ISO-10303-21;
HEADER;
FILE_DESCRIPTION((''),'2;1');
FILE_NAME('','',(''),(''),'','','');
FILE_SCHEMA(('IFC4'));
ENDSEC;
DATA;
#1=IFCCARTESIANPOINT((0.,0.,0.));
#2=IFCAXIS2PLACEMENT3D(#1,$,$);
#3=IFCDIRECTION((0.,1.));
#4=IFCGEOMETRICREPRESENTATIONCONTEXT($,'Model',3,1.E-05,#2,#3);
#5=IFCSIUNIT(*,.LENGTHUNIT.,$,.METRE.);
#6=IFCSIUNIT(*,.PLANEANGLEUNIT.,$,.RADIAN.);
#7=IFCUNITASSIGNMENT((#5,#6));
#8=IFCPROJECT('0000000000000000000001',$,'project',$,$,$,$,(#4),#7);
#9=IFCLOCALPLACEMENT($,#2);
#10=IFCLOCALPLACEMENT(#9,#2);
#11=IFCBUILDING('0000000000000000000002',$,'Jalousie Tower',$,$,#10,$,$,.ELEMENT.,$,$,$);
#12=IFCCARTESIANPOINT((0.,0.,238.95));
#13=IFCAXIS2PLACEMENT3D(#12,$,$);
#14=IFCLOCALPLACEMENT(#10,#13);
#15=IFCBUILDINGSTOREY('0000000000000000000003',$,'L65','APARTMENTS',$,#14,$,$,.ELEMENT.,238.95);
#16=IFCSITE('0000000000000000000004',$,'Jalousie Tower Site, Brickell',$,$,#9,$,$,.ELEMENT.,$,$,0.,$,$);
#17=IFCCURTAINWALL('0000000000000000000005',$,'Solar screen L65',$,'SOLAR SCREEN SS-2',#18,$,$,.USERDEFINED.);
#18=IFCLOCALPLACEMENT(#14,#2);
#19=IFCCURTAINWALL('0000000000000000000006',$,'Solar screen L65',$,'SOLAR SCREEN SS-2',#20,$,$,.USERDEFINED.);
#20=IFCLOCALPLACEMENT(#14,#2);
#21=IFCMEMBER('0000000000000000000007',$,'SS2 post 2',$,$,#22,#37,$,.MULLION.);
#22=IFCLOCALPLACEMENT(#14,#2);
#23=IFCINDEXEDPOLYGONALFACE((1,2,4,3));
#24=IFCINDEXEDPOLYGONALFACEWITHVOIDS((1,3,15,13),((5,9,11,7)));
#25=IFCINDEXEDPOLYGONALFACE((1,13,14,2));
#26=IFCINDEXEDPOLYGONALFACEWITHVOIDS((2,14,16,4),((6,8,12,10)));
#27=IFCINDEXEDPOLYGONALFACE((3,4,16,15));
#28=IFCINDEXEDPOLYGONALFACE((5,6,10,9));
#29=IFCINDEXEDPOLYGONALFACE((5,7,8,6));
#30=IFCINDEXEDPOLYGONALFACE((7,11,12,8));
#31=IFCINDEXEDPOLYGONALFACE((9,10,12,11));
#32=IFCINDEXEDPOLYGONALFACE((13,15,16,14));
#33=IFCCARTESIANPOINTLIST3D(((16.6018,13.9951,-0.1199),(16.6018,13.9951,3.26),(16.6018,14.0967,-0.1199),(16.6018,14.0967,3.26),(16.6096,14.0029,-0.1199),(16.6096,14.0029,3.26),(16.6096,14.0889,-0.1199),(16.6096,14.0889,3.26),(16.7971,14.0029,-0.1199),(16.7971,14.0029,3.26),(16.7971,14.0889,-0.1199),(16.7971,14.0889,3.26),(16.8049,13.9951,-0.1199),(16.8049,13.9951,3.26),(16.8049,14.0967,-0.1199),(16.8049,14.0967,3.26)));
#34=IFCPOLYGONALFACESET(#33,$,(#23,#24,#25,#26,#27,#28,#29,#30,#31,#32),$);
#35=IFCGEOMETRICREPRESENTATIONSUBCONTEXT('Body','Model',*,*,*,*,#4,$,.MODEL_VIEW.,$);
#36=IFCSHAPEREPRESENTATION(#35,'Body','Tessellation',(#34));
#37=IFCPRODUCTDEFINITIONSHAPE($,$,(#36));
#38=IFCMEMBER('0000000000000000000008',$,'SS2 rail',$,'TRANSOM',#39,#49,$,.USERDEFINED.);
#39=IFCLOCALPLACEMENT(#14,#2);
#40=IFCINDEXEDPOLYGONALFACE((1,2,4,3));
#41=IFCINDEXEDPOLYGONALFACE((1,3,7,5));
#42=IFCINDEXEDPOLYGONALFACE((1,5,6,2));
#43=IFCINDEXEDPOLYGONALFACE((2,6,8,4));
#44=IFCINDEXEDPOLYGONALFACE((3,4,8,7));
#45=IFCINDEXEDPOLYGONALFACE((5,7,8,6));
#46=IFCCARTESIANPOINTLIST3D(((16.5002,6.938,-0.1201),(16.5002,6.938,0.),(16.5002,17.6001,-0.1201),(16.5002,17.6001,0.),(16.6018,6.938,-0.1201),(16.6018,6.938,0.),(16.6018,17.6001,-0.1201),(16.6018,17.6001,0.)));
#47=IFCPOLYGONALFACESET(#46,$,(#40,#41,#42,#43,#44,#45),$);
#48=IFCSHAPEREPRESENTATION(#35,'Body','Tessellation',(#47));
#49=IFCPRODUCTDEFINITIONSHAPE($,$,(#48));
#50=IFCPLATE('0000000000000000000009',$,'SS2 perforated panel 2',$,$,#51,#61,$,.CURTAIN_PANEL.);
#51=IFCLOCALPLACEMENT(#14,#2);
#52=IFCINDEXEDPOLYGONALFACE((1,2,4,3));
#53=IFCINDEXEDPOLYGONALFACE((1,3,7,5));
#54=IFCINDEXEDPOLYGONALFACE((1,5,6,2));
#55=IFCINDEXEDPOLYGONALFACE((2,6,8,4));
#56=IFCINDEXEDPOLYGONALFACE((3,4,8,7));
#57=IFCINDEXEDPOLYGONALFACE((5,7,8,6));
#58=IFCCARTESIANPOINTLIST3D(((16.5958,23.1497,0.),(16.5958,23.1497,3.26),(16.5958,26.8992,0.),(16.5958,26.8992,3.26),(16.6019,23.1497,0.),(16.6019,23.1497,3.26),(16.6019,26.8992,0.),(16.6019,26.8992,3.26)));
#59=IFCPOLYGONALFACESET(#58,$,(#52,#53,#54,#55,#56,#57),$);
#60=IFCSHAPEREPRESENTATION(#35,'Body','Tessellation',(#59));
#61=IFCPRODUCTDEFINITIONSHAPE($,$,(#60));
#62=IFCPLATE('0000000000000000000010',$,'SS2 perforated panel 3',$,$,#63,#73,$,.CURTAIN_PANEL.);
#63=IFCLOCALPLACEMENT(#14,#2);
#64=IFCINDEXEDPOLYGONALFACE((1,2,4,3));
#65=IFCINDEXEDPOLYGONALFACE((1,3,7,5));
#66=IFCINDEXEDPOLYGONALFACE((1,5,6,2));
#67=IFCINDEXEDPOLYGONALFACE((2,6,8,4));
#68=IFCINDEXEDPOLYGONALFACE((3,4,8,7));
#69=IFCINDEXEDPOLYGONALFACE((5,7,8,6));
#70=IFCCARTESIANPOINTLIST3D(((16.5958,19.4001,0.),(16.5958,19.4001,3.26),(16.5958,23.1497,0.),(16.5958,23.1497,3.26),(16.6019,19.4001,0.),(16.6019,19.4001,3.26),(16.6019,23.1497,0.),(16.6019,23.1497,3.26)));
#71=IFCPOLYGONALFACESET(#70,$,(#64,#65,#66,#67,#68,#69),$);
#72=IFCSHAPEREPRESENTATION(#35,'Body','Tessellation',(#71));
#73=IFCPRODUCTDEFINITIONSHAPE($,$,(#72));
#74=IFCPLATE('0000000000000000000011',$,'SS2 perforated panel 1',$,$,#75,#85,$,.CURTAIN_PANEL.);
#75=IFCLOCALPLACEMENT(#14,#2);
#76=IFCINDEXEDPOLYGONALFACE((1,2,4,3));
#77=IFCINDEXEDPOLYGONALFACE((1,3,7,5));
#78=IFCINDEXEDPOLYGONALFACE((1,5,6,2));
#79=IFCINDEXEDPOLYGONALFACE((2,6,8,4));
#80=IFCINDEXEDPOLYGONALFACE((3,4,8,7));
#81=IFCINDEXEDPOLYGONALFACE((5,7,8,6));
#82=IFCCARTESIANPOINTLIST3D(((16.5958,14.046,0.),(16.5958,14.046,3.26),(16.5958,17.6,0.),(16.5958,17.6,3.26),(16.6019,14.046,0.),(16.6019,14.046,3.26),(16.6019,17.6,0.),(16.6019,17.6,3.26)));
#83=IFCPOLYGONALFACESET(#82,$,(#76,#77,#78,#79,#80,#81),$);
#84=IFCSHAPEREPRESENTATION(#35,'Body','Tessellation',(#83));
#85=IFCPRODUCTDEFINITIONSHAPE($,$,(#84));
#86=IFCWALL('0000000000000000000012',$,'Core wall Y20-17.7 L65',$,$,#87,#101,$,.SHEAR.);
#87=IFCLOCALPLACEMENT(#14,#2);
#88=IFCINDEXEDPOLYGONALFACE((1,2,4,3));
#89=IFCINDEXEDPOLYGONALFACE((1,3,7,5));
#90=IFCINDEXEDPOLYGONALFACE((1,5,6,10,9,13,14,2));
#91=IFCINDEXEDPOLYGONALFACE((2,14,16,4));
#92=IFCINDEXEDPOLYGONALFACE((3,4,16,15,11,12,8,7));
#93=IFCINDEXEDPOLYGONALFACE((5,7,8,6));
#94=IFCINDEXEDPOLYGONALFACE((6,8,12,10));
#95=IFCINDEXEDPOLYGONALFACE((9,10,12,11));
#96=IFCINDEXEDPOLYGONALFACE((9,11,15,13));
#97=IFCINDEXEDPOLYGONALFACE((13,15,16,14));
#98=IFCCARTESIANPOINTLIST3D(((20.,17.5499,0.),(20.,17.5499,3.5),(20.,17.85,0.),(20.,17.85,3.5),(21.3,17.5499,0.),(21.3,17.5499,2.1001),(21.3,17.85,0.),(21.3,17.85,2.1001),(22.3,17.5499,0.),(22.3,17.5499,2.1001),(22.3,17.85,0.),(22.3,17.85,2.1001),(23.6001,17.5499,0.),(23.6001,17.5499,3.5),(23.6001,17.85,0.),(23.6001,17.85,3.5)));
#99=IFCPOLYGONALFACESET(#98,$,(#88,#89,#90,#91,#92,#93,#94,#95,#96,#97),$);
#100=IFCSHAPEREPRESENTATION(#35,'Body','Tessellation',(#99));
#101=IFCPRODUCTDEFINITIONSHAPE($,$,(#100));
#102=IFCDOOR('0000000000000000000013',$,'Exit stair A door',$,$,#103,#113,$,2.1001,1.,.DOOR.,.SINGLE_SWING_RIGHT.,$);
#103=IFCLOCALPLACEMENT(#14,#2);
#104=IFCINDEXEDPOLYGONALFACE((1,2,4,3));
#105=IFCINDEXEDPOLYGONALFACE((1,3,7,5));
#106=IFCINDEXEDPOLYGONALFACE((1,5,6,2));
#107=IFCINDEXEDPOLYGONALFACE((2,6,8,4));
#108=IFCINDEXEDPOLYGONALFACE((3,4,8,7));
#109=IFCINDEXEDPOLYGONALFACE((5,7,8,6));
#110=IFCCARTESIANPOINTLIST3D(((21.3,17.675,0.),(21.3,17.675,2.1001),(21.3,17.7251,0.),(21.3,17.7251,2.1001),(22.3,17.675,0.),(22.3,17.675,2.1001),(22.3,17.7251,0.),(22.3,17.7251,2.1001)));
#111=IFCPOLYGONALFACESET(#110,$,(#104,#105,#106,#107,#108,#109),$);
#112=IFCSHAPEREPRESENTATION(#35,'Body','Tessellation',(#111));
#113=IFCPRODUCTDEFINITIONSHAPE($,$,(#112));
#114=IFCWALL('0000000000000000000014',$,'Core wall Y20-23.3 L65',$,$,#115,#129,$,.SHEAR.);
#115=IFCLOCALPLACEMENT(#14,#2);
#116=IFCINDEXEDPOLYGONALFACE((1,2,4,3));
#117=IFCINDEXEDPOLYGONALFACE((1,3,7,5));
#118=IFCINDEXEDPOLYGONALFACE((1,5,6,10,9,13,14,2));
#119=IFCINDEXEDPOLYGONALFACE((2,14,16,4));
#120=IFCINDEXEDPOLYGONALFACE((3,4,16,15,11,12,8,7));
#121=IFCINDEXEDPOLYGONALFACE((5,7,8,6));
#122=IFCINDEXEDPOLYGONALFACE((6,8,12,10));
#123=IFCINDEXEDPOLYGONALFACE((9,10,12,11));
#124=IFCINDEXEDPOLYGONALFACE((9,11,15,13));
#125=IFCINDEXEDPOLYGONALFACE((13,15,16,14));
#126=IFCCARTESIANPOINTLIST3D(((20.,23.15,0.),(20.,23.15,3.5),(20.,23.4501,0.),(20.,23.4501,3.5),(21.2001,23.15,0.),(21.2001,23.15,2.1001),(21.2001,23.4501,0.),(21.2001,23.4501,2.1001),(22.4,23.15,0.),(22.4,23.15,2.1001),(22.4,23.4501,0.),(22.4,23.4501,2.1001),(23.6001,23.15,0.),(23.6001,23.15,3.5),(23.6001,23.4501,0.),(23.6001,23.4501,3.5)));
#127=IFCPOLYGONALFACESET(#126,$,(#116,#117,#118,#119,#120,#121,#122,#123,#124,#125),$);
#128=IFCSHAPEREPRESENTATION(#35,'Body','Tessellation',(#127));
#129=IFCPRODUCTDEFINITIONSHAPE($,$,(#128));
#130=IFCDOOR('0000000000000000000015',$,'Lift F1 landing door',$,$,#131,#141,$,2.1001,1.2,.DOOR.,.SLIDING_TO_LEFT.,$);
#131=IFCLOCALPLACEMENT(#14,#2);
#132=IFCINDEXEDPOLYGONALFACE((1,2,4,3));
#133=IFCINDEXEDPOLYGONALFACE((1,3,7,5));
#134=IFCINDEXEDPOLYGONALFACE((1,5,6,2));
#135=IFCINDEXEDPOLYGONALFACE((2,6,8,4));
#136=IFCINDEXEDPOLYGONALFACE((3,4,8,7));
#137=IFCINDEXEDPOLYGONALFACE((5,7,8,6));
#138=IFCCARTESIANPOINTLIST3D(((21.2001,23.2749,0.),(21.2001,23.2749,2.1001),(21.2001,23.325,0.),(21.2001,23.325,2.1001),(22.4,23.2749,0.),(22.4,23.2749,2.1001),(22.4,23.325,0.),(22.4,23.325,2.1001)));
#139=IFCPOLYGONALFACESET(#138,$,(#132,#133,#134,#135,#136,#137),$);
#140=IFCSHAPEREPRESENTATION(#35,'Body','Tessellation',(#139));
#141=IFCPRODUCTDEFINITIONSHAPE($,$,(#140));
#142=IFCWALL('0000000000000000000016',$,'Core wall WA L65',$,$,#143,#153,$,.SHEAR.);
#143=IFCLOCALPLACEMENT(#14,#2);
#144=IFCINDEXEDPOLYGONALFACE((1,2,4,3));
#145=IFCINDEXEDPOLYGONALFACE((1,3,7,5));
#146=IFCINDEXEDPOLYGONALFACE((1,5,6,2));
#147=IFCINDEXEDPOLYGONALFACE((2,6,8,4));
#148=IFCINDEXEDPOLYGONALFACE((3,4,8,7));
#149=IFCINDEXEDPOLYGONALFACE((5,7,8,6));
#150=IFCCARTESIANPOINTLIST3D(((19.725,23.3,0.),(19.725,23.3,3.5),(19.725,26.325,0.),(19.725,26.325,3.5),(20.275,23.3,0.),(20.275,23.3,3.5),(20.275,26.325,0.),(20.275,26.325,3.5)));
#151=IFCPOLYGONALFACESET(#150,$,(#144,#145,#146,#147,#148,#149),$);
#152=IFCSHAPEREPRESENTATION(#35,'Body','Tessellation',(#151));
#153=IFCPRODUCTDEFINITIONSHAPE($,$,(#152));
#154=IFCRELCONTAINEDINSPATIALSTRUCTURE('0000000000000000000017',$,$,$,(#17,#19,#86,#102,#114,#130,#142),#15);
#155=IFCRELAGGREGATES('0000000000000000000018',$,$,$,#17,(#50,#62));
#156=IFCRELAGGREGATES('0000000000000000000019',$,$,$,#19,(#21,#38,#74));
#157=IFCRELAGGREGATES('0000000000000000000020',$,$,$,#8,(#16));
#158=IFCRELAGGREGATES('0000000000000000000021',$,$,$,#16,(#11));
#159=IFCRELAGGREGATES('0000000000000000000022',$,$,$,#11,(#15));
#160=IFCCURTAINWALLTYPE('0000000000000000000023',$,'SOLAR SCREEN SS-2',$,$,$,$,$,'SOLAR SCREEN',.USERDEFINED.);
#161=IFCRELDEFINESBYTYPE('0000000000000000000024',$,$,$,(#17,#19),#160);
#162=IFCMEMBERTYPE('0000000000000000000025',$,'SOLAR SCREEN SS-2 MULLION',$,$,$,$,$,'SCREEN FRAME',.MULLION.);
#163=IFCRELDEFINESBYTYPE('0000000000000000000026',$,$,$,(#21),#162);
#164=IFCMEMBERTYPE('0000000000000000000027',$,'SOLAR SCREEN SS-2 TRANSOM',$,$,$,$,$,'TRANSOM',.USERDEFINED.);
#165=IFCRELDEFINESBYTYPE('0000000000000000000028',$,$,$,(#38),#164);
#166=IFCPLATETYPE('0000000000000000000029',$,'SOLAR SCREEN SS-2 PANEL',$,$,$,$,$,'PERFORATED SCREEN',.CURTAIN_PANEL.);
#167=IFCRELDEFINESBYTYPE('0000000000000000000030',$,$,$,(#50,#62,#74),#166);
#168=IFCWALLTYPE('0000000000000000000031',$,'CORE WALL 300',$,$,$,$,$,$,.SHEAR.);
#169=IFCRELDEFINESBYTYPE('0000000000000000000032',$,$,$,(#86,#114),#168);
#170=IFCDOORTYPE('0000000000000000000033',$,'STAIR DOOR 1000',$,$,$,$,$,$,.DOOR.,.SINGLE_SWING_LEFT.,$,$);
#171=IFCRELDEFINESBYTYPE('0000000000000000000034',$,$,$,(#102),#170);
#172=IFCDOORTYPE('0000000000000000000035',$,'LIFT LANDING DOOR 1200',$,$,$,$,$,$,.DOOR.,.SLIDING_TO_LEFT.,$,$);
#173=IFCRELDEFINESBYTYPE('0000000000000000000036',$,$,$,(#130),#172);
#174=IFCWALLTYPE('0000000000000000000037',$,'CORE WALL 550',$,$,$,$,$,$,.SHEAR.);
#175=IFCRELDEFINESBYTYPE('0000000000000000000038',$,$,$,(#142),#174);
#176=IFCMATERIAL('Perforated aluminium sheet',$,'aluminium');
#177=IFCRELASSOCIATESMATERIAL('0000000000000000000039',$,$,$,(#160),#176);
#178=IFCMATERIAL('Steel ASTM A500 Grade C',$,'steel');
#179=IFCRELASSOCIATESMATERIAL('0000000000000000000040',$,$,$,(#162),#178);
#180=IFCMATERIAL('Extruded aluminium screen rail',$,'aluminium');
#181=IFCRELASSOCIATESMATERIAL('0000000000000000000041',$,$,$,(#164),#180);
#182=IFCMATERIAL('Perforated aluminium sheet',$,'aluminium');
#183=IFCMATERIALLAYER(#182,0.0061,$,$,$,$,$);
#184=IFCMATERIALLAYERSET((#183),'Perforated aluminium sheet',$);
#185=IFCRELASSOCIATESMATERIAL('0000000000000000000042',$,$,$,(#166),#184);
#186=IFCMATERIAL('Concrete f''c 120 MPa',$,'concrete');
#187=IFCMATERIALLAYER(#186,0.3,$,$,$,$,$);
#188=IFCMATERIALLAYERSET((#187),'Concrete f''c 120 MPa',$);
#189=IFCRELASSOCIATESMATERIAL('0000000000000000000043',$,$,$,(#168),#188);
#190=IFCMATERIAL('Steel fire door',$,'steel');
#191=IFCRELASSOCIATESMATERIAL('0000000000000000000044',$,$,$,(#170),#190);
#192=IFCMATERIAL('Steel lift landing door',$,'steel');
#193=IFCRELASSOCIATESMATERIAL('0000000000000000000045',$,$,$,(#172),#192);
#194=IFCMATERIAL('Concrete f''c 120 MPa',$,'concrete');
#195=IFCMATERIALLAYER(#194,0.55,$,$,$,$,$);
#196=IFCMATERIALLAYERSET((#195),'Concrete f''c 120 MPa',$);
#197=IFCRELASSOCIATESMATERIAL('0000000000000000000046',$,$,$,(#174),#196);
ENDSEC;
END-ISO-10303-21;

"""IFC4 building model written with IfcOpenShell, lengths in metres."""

from ifc_helpers import new_model, si_unit, direction, frame, frame_2d, origin, origin_2d, place, context, subcontext, project, spatial, rectangle, hollow_rectangle, extrude, material, layer, layer_set, material_profile, profile_set, type_object, element, fill, aggregate, save


model = new_model("IFC4")

# Units and contexts
model_context = context("Model", 3, precision=1e-05, world=origin(), true_north=direction((0.0, 1.0)))
body_context = subcontext(model_context, "Body", "Model", "MODEL_VIEW")
ifc_project = project(units=[si_unit("LENGTHUNIT", "METRE"), si_unit("PLANEANGLEUNIT", "RADIAN")], contexts=[model_context])

# Site, building, storey
site_placement = place(None, origin())
site = spatial("IfcSite", under=ifc_project, at=site_placement, Name="Jalousie Tower Site, Brickell", CompositionType="ELEMENT", RefElevation=0.0)
building_placement = place(site_placement, origin())
building = spatial("IfcBuilding", under=site, at=building_placement, Name="Jalousie Tower", CompositionType="ELEMENT")
storey_placement = place(building_placement, frame((0.0, 0.0, 238.95)))
storey = spatial("IfcBuildingStorey", under=building, at=storey_placement, Name="L65", Description="APARTMENTS", CompositionType="ELEMENT", Elevation=238.95)

# Curtain walls, members
ifc_material_1 = material(Name="Perforated aluminium sheet", Category="aluminium")
curtain_wall_type = type_object("IfcCurtainWallType", Name="SOLAR SCREEN SS-2", ElementType="SOLAR SCREEN", PredefinedType="USERDEFINED", material=ifc_material_1)
curtain_wall_1_placement = place(storey_placement, origin())
curtain_wall_1 = element("IfcCurtainWall", 1, at=curtain_wall_1_placement, inside=storey, type_object=curtain_wall_type, Name="Solar screen L65", ObjectType="SOLAR SCREEN SS-2", PredefinedType="USERDEFINED")
ifc_material_2 = material(Name="Steel ASTM A500 Grade C", Category="steel")
ifc_material_profile_1 = material_profile(ifc_material_2, hollow_rectangle(XDim=0.1016, YDim=0.2031, WallThickness=0.0078, at=origin_2d()), Name="HSS8X4X5/16")
ifc_profile_set_1 = profile_set([ifc_material_profile_1], Name="Steel ASTM A500 Grade C")
member_type_1 = type_object("IfcMemberType", Name="SOLAR SCREEN SS-2 MULLION", ElementType="SCREEN FRAME", PredefinedType="MULLION", material=ifc_profile_set_1)
curtain_wall_2_placement = place(storey_placement, origin())
curtain_wall_2 = element("IfcCurtainWall", 2, at=curtain_wall_2_placement, inside=storey, type_object=curtain_wall_type, Name="Solar screen L65", ObjectType="SOLAR SCREEN SS-2", PredefinedType="USERDEFINED")
member_1_placement = place(storey_placement, frame((16.7034, 14.0459, -0.1199), z_axis=(0.0, 0.0, 1.0), x_axis=(0.0, -1.0, 0.0)))
member_1 = element("IfcMember", 3, at=member_1_placement, type_object=member_type_1, Name="SS2 post 2", PredefinedType="MULLION", context=body_context, shape_type="SweptSolid", body=[
    extrude(hollow_rectangle(XDim=0.1016, YDim=0.2031, WallThickness=0.0078, at=origin_2d()), origin(), (0.0, 0.0, 1.0), 3.3799),
])
ifc_material_3 = material(Name="Extruded aluminium screen rail", Category="aluminium")
ifc_material_profile_2 = material_profile(ifc_material_3, rectangle(XDim=0.1016, YDim=0.1201, at=origin_2d()), Name="RAIL 102x120")
ifc_profile_set_2 = profile_set([ifc_material_profile_2], Name="Extruded aluminium screen rail")
member_type_2 = type_object("IfcMemberType", Name="SOLAR SCREEN SS-2 TRANSOM", ElementType="TRANSOM", PredefinedType="USERDEFINED", material=ifc_profile_set_2)
member_2_placement = place(storey_placement, frame((16.551, 17.6001, -0.0601), z_axis=(0.0, -1.0, 0.0), x_axis=(1.0, 0.0, 0.0)))
member_2 = element("IfcMember", 4, at=member_2_placement, type_object=member_type_2, Name="SS2 rail", ObjectType="TRANSOM", PredefinedType="USERDEFINED", context=body_context, shape_type="SweptSolid", body=[
    extrude(rectangle(XDim=0.1016, YDim=0.1201, at=origin_2d()), origin(), (0.0, 0.0, 1.0), 10.6621),
])

# Plates
ifc_material_4 = material(Name="Perforated aluminium sheet", Category="aluminium")
ifc_layer_1 = layer(ifc_material_4, 0.0061)
ifc_layer_set_1 = layer_set([ifc_layer_1], Name="Perforated aluminium sheet")
plate_type = type_object("IfcPlateType", Name="SOLAR SCREEN SS-2 PANEL", ElementType="PERFORATED SCREEN", PredefinedType="CURTAIN_PANEL", material=ifc_layer_set_1)
plate_1_placement = place(storey_placement, frame((16.5989, 25.0244, 0.0), z_axis=(0.0, 0.0, 1.0), x_axis=(0.0, -1.0, 0.0)))
plate_1 = element("IfcPlate", 5, at=plate_1_placement, type_object=plate_type, Name="SS2 perforated panel 2", PredefinedType="CURTAIN_PANEL", context=body_context, shape_type="SweptSolid", body=[
    extrude(rectangle(XDim=3.7495, YDim=0.0061, at=origin_2d()), origin(), (0.0, 0.0, 1.0), 3.26),
])
plate_2_placement = place(storey_placement, frame((16.5989, 21.2749, 0.0), z_axis=(0.0, 0.0, 1.0), x_axis=(0.0, -1.0, 0.0)))
plate_2 = element("IfcPlate", 6, at=plate_2_placement, type_object=plate_type, Name="SS2 perforated panel 3", PredefinedType="CURTAIN_PANEL", context=body_context, shape_type="SweptSolid", body=[
    extrude(rectangle(XDim=3.7495, YDim=0.0061, at=origin_2d()), origin(), (0.0, 0.0, 1.0), 3.26),
])
aggregate(curtain_wall_1, [plate_1, plate_2])
plate_3_placement = place(storey_placement, frame((16.5989, 15.823, 0.0), z_axis=(0.0, 0.0, 1.0), x_axis=(0.0, -1.0, 0.0)))
plate_3 = element("IfcPlate", 7, at=plate_3_placement, type_object=plate_type, Name="SS2 perforated panel 1", PredefinedType="CURTAIN_PANEL", context=body_context, shape_type="SweptSolid", body=[
    extrude(rectangle(XDim=3.554, YDim=0.0061, at=origin_2d()), origin(), (0.0, 0.0, 1.0), 3.26),
])
aggregate(curtain_wall_2, [member_1, member_2, plate_3])

# Walls, openings, doors
ifc_material_5 = material(Name="Concrete f'c 120 MPa", Category="concrete")
ifc_layer_2 = layer(ifc_material_5, 0.3)
ifc_layer_set_2 = layer_set([ifc_layer_2], Name="Concrete f'c 120 MPa")
wall_type_1 = type_object("IfcWallType", Name="CORE WALL 300", PredefinedType="SHEAR", material=ifc_layer_set_2)
wall_1_placement = place(storey_placement, frame((20.0, 17.7, 0.0), z_axis=(0.0, 0.0, 1.0), x_axis=(1.0, 0.0, 0.0)))
wall_1 = element("IfcWall", 8, at=wall_1_placement, inside=storey, type_object=wall_type_1, Name="Core wall Y20-17.7 L65", PredefinedType="SHEAR", context=body_context, shape_type="SweptSolid", body=[
    extrude(rectangle(XDim=3.6001, YDim=0.3, at=frame_2d((1.8, 0.0))), origin(), (0.0, 0.0, 1.0), 3.5),
])
opening_1_placement = place(wall_1_placement, frame((1.3, 0.0, 0.0)))
opening_1 = element("IfcOpeningElement", 9, at=opening_1_placement, cuts=wall_1, PredefinedType="OPENING", context=body_context, shape_type="SweptSolid", body=[
    extrude(rectangle(XDim=1.0, YDim=2.1001, at=frame_2d((0.5, 1.05))), frame((0.0, 0.1599, 0.0), z_axis=(0.0, -1.0, 0.0), x_axis=(1.0, 0.0, 0.0)), (0.0, 0.0, 1.0), 0.3201),
])
ifc_material_6 = material(Name="Steel fire door", Category="steel")
door_type_1 = type_object("IfcDoorType", Name="STAIR DOOR 1000", OperationType="SINGLE_SWING_LEFT", PredefinedType="DOOR", material=ifc_material_6)
door_1_placement = place(opening_1_placement, frame((1.0, 0.0, 0.0), z_axis=(0.0, 0.0, 1.0), x_axis=(-1.0, 0.0, 0.0)))
door_1 = element("IfcDoor", 10, at=door_1_placement, inside=storey, type_object=door_type_1, Name="Exit stair A door", OperationType="SINGLE_SWING_RIGHT", OverallHeight=2.1001, OverallWidth=1.0, PredefinedType="DOOR", context=body_context, shape_type="SweptSolid", body=[
    extrude(rectangle(XDim=1.0, YDim=2.1001, at=frame_2d((0.5, 1.05))), frame((0.0, 0.0249, 0.0), z_axis=(0.0, -1.0, 0.0), x_axis=(1.0, 0.0, 0.0)), (0.0, 0.0, 1.0), 0.05),
])
fill(opening_1, door_1)
wall_2_placement = place(storey_placement, frame((20.0, 23.3, 0.0), z_axis=(0.0, 0.0, 1.0), x_axis=(1.0, 0.0, 0.0)))
wall_2 = element("IfcWall", 11, at=wall_2_placement, inside=storey, type_object=wall_type_1, Name="Core wall Y20-23.3 L65", PredefinedType="SHEAR", context=body_context, shape_type="SweptSolid", body=[
    extrude(rectangle(XDim=3.6001, YDim=0.3, at=frame_2d((1.8, 0.0))), origin(), (0.0, 0.0, 1.0), 3.5),
])
opening_2_placement = place(wall_2_placement, frame((1.2, 0.0, 0.0)))
opening_2 = element("IfcOpeningElement", 12, at=opening_2_placement, cuts=wall_2, PredefinedType="OPENING", context=body_context, shape_type="SweptSolid", body=[
    extrude(rectangle(XDim=1.2, YDim=2.1001, at=frame_2d((0.6001, 1.05))), frame((0.0, 0.1599, 0.0), z_axis=(0.0, -1.0, 0.0), x_axis=(1.0, 0.0, 0.0)), (0.0, 0.0, 1.0), 0.3201),
])
ifc_material_7 = material(Name="Steel lift landing door", Category="steel")
door_type_2 = type_object("IfcDoorType", Name="LIFT LANDING DOOR 1200", OperationType="SLIDING_TO_LEFT", PredefinedType="DOOR", material=ifc_material_7)
door_2_placement = place(opening_2_placement, origin())
door_2 = element("IfcDoor", 13, at=door_2_placement, inside=storey, type_object=door_type_2, Name="Lift F1 landing door", OperationType="SLIDING_TO_LEFT", OverallHeight=2.1001, OverallWidth=1.2, PredefinedType="DOOR", context=body_context, shape_type="SweptSolid", body=[
    extrude(rectangle(XDim=1.2, YDim=2.1001, at=frame_2d((0.6001, 1.05))), frame((0.0, 0.0249, 0.0), z_axis=(0.0, -1.0, 0.0), x_axis=(1.0, 0.0, 0.0)), (0.0, 0.0, 1.0), 0.05),
])
fill(opening_2, door_2)

# Wall
ifc_material_8 = material(Name="Concrete f'c 120 MPa", Category="concrete")
ifc_layer_3 = layer(ifc_material_8, 0.55)
ifc_layer_set_3 = layer_set([ifc_layer_3], Name="Concrete f'c 120 MPa")
wall_type_2 = type_object("IfcWallType", Name="CORE WALL 550", PredefinedType="SHEAR", material=ifc_layer_set_3)
wall_3_placement = place(storey_placement, frame((20.0, 26.325, 0.0), z_axis=(0.0, 0.0, 1.0), x_axis=(0.0, -1.0, 0.0)))
element("IfcWall", 14, at=wall_3_placement, inside=storey, type_object=wall_type_2, Name="Core wall WA L65", PredefinedType="SHEAR", context=body_context, shape_type="SweptSolid", body=[
    extrude(rectangle(XDim=3.0249, YDim=0.55, at=frame_2d((1.5125, 0.0))), origin(), (0.0, 0.0, 1.0), 3.5),
])

save(model, "model.ifc")
